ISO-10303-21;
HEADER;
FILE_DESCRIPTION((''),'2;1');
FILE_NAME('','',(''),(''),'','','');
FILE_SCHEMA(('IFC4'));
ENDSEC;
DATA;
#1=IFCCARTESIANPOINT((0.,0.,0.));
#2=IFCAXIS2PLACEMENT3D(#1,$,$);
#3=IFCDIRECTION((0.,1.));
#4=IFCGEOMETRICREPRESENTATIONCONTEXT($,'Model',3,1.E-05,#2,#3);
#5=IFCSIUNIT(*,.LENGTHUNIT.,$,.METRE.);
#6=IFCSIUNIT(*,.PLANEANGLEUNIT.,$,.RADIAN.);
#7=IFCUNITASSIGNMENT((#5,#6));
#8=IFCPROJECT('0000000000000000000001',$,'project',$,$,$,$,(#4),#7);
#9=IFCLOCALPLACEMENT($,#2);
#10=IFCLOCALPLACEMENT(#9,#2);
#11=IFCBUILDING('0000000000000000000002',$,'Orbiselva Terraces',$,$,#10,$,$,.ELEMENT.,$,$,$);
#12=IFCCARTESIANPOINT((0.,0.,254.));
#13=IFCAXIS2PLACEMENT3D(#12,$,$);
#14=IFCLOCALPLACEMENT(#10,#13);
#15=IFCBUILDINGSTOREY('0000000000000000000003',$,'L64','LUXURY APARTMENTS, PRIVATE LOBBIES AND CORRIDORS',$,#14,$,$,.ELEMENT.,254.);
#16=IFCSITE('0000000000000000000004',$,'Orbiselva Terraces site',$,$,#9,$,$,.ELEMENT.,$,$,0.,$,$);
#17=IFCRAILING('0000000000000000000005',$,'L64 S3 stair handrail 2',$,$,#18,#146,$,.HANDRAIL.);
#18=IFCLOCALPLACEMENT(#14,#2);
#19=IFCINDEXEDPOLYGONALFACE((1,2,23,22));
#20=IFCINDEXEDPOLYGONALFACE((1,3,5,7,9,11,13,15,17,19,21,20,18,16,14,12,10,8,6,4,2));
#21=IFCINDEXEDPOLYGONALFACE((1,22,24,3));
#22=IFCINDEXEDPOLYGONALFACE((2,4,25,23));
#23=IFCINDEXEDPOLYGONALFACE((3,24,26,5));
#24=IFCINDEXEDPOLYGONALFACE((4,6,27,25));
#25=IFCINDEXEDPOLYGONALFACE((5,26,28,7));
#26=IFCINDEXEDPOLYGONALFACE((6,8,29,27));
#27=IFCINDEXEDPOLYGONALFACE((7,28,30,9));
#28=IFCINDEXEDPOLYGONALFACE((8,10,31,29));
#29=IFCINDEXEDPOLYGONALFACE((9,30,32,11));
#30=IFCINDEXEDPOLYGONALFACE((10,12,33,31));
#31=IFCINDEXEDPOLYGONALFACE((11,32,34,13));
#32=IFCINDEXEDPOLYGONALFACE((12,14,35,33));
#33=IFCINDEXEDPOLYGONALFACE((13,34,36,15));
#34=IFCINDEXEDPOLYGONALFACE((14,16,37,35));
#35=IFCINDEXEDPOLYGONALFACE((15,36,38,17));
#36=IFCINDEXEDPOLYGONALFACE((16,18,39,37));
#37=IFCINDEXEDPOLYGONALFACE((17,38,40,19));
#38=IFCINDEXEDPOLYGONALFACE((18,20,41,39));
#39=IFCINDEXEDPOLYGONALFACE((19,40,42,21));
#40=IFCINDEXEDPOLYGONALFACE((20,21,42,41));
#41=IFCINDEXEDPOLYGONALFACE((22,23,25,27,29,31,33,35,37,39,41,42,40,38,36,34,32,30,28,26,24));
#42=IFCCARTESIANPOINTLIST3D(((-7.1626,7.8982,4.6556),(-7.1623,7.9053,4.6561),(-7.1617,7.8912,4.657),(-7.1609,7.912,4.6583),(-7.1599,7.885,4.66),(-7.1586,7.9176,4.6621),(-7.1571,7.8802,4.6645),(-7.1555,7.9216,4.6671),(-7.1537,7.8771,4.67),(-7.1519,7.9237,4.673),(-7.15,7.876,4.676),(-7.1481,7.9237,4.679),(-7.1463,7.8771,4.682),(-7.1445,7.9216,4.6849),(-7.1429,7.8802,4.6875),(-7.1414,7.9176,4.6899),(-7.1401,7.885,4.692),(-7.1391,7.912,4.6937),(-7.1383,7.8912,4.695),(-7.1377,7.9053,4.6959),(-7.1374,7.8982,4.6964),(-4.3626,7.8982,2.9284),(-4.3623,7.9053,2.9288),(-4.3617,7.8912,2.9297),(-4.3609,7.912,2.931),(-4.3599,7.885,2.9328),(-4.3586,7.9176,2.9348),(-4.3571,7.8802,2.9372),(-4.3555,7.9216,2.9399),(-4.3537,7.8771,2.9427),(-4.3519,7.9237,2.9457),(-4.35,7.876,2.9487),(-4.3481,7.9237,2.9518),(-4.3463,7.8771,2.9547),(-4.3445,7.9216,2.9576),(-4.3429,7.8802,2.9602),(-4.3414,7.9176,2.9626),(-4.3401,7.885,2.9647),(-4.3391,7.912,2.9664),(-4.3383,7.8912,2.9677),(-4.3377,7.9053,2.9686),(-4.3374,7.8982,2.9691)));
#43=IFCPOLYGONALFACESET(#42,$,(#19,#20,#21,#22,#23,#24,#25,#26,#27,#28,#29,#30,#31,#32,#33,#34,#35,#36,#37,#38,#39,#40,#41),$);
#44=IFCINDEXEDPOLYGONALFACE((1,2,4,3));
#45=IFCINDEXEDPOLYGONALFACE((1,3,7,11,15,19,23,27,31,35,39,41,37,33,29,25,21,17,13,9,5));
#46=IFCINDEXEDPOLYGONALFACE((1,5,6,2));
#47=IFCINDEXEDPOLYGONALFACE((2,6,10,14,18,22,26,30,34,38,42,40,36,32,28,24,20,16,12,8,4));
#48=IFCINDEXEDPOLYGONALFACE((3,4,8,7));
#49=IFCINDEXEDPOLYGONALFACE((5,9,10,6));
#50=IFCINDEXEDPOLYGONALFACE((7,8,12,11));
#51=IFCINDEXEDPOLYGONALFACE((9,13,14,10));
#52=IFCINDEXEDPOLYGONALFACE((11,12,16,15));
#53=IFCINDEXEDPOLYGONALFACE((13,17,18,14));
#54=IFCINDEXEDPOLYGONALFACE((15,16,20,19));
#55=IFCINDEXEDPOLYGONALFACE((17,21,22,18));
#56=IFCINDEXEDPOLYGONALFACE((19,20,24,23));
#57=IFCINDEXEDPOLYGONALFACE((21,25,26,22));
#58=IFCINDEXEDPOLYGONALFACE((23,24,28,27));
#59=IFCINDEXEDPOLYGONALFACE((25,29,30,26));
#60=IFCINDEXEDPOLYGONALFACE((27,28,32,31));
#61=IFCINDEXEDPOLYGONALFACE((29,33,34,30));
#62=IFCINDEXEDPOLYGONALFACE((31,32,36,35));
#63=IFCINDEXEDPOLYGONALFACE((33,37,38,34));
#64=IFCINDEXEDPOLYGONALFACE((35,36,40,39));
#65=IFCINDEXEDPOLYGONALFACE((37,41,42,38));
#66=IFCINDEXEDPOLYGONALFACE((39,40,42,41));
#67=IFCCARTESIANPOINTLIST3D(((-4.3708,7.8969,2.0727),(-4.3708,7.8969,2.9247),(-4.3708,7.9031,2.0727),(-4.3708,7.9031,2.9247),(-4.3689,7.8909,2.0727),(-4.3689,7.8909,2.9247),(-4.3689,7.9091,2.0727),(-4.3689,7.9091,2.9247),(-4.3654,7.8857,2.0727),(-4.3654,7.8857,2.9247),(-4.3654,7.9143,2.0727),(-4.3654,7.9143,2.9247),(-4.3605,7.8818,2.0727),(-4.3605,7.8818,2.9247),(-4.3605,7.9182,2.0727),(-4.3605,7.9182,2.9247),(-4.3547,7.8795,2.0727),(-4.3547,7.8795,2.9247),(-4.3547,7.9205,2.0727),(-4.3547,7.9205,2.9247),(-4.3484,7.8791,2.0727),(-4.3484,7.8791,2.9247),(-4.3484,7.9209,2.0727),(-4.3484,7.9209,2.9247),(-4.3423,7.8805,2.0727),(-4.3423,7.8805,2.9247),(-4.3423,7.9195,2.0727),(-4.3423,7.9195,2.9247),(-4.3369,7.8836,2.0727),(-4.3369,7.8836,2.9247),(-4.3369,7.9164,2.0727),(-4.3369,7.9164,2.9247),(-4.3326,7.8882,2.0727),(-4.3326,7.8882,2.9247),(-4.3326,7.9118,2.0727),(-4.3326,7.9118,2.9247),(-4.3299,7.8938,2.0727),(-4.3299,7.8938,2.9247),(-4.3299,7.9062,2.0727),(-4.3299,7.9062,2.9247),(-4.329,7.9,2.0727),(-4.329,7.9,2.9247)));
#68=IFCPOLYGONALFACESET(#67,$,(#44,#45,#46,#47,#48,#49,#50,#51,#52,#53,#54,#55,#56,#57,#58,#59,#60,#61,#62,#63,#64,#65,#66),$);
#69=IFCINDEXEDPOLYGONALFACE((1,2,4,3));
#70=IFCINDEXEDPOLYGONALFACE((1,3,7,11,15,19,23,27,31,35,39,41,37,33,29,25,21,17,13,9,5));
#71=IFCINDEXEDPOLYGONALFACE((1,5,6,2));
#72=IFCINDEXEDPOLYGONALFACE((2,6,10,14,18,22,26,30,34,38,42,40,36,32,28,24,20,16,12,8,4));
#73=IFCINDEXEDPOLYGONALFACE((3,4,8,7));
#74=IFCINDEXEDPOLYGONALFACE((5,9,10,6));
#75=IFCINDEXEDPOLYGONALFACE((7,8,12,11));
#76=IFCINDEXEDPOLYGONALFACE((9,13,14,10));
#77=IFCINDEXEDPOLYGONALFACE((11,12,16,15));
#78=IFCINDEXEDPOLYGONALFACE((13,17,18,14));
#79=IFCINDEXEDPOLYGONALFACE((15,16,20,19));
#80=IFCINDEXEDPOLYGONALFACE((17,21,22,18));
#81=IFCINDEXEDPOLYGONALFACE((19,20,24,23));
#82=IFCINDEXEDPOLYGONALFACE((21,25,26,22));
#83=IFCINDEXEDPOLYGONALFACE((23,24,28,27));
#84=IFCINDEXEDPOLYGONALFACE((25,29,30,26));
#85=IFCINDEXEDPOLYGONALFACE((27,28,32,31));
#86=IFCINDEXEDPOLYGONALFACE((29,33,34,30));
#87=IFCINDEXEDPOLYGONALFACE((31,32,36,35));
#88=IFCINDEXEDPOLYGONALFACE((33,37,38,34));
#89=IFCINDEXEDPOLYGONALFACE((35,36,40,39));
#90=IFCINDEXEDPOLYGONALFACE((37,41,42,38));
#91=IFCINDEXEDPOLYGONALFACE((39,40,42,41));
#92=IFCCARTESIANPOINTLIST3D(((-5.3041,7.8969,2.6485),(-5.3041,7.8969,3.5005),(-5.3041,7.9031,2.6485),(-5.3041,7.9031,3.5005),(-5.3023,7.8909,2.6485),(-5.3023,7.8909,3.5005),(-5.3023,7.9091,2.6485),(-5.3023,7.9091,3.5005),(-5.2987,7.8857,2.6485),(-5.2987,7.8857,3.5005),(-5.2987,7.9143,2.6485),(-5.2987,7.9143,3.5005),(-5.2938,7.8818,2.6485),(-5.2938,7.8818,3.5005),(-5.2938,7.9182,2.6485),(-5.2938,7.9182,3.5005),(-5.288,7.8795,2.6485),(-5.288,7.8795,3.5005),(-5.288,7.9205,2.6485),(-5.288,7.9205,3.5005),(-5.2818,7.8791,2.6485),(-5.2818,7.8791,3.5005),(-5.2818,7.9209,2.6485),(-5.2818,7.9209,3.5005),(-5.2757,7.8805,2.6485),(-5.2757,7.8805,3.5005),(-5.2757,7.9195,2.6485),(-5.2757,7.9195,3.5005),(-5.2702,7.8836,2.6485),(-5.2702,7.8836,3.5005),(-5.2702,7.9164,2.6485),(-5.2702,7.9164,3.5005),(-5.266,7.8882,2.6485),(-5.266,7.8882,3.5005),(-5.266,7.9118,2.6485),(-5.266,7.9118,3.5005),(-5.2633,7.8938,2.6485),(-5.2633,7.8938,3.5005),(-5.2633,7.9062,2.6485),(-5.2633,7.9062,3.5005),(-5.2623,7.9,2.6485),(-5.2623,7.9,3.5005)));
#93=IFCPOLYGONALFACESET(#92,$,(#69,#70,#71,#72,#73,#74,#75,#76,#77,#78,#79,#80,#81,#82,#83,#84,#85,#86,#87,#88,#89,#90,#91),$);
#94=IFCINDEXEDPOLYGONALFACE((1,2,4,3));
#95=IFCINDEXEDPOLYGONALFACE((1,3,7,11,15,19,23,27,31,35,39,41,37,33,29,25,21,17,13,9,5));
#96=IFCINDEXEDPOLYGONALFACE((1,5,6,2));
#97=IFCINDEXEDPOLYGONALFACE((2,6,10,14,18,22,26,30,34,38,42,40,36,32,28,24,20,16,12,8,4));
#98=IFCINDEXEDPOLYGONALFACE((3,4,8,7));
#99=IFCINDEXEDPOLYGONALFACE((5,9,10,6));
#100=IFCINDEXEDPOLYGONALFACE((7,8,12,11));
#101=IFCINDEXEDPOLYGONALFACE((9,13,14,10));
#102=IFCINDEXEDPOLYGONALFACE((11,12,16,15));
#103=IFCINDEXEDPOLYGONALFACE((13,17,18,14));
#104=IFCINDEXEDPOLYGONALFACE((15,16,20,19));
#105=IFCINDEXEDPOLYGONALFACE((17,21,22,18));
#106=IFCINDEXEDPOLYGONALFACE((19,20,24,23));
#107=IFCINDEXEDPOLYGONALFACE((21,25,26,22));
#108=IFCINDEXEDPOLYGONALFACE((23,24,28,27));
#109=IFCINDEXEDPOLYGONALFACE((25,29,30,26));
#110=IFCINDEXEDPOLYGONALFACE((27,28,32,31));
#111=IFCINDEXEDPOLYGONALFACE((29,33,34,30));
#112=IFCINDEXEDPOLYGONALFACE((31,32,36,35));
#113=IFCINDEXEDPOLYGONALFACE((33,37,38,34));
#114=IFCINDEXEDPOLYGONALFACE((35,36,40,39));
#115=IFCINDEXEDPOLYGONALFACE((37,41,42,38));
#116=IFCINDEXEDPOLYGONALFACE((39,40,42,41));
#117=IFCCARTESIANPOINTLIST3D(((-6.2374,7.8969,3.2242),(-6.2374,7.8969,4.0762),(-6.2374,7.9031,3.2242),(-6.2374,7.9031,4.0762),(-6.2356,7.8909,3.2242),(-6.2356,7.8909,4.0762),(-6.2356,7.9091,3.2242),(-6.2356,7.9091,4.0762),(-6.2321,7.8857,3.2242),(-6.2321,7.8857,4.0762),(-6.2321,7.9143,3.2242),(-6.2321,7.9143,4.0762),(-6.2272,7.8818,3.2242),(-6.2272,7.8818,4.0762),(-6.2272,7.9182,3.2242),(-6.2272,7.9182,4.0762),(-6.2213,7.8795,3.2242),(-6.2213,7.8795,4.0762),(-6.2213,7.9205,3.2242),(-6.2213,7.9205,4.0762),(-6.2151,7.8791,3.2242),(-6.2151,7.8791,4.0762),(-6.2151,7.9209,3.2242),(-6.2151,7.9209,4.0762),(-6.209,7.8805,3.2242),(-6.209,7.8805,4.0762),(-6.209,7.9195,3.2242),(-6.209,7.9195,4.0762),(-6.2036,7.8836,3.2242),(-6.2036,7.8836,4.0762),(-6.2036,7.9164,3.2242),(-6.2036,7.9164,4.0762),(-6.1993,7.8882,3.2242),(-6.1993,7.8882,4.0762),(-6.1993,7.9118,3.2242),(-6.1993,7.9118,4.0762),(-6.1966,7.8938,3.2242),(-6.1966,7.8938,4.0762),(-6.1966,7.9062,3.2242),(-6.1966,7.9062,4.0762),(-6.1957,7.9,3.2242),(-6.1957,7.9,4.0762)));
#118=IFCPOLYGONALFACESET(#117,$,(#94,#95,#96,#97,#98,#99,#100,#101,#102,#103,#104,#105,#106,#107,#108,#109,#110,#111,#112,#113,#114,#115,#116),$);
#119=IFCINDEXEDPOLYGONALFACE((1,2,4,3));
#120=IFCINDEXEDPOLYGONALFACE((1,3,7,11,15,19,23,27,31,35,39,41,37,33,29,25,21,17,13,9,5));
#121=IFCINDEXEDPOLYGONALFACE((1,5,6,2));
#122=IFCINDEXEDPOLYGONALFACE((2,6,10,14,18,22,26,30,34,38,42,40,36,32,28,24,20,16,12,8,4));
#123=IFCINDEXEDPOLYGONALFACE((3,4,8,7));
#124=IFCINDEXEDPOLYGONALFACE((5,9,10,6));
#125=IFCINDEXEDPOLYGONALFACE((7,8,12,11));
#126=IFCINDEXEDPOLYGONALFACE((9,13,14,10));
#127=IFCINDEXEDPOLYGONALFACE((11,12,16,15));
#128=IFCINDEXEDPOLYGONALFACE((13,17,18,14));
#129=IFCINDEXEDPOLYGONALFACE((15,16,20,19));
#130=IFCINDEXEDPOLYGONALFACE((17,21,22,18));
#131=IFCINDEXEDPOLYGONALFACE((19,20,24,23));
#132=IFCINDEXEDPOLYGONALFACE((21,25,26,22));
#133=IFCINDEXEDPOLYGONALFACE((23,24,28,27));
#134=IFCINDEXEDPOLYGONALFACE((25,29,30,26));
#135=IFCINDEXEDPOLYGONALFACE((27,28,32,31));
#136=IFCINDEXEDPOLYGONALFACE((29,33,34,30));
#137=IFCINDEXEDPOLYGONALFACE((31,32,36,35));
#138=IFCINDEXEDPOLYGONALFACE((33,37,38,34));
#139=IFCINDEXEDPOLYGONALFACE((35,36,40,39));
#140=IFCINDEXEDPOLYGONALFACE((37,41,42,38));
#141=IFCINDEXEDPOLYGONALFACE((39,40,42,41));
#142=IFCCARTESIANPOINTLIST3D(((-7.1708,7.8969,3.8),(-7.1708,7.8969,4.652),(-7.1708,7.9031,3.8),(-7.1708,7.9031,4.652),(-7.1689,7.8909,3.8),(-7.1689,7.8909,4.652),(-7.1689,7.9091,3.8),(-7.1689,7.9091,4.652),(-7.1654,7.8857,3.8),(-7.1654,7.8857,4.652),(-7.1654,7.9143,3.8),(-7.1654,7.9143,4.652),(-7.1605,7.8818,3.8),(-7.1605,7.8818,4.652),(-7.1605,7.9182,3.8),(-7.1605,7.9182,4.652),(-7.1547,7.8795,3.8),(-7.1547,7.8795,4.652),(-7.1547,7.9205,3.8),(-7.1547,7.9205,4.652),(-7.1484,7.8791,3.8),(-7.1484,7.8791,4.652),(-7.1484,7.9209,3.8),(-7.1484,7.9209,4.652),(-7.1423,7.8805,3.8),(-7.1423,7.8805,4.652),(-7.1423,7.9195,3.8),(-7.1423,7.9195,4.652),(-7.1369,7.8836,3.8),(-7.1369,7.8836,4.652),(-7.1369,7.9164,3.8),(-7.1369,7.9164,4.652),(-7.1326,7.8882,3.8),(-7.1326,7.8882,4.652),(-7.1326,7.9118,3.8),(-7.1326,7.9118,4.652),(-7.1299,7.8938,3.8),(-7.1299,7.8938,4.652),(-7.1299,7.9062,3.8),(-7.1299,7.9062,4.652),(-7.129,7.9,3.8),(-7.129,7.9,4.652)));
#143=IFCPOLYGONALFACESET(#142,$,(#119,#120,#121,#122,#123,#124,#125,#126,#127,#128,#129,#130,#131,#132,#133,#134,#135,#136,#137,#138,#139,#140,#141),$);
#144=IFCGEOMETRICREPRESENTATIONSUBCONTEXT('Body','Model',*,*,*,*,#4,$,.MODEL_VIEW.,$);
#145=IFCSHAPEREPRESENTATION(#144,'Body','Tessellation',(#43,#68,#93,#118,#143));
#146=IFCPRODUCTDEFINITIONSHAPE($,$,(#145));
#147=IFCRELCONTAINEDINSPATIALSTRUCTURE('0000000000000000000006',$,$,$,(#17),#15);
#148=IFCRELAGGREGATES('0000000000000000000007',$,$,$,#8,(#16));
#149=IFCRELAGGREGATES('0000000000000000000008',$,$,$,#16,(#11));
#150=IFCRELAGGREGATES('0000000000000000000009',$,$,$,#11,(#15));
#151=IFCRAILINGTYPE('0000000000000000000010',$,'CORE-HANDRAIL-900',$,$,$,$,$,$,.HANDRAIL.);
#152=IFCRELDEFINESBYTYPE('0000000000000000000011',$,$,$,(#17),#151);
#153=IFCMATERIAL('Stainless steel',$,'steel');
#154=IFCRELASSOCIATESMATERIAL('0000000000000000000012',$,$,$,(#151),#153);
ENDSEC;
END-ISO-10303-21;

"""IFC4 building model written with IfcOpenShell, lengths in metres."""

from ifc_helpers import new_model, si_unit, direction, frame, origin, origin_2d, place, context, subcontext, project, spatial, circle, extrude, material, type_object, element, save


model = new_model("IFC4")

# Units and contexts
model_context = context("Model", 3, precision=1e-05, world=origin(), true_north=direction((0.0, 1.0)))
body_context = subcontext(model_context, "Body", "Model", "MODEL_VIEW")
ifc_project = project(units=[si_unit("LENGTHUNIT", "METRE"), si_unit("PLANEANGLEUNIT", "RADIAN")], contexts=[model_context])

# Site, building, storey
site_placement = place(None, origin())
site = spatial("IfcSite", under=ifc_project, at=site_placement, Name="Orbiselva Terraces site", CompositionType="ELEMENT", RefElevation=0.0)
building_placement = place(site_placement, origin())
building = spatial("IfcBuilding", under=site, at=building_placement, Name="Orbiselva Terraces", CompositionType="ELEMENT")
storey_placement = place(building_placement, frame((0.0, 0.0, 254.0)))
storey = spatial("IfcBuildingStorey", under=building, at=storey_placement, Name="L64", Description="LUXURY APARTMENTS, PRIVATE LOBBIES AND CORRIDORS", CompositionType="ELEMENT", Elevation=254.0)

# Railing
ifc_material_1 = material(Name="Stainless steel", Category="steel")
railing_type_1 = type_object("IfcRailingType", Name="CORE-HANDRAIL-900", PredefinedType="HANDRAIL", material=ifc_material_1)
railing_1_placement = place(storey_placement, frame((-4.35, 7.9, 2.0727)))
element("IfcRailing", 1, at=railing_1_placement, inside=storey, type_object=railing_type_1, Name="L64 S3 stair handrail 2", PredefinedType="HANDRAIL", context=body_context, shape_type="SweptSolid", body=[
    extrude(circle(Radius=0.024, at=origin_2d()), frame((0.0, 0.0, 0.876), z_axis=(-0.851089, 0.0, 0.525022), x_axis=(0.0, -1.0, 0.0)), (0.0, 0.0, 1.0), 3.2899),
    extrude(circle(Radius=0.021, at=origin_2d()), origin(), (0.0, 0.0, 1.0), 0.852),
    extrude(circle(Radius=0.021, at=origin_2d()), frame((-0.9333, 0.0, 0.5758)), (0.0, 0.0, 1.0), 0.852),
    extrude(circle(Radius=0.021, at=origin_2d()), frame((-1.8667, 0.0, 1.1515)), (0.0, 0.0, 1.0), 0.852),
    extrude(circle(Radius=0.021, at=origin_2d()), frame((-2.8, 0.0, 1.7273)), (0.0, 0.0, 1.0), 0.852),
])

save(model, "model.ifc")
